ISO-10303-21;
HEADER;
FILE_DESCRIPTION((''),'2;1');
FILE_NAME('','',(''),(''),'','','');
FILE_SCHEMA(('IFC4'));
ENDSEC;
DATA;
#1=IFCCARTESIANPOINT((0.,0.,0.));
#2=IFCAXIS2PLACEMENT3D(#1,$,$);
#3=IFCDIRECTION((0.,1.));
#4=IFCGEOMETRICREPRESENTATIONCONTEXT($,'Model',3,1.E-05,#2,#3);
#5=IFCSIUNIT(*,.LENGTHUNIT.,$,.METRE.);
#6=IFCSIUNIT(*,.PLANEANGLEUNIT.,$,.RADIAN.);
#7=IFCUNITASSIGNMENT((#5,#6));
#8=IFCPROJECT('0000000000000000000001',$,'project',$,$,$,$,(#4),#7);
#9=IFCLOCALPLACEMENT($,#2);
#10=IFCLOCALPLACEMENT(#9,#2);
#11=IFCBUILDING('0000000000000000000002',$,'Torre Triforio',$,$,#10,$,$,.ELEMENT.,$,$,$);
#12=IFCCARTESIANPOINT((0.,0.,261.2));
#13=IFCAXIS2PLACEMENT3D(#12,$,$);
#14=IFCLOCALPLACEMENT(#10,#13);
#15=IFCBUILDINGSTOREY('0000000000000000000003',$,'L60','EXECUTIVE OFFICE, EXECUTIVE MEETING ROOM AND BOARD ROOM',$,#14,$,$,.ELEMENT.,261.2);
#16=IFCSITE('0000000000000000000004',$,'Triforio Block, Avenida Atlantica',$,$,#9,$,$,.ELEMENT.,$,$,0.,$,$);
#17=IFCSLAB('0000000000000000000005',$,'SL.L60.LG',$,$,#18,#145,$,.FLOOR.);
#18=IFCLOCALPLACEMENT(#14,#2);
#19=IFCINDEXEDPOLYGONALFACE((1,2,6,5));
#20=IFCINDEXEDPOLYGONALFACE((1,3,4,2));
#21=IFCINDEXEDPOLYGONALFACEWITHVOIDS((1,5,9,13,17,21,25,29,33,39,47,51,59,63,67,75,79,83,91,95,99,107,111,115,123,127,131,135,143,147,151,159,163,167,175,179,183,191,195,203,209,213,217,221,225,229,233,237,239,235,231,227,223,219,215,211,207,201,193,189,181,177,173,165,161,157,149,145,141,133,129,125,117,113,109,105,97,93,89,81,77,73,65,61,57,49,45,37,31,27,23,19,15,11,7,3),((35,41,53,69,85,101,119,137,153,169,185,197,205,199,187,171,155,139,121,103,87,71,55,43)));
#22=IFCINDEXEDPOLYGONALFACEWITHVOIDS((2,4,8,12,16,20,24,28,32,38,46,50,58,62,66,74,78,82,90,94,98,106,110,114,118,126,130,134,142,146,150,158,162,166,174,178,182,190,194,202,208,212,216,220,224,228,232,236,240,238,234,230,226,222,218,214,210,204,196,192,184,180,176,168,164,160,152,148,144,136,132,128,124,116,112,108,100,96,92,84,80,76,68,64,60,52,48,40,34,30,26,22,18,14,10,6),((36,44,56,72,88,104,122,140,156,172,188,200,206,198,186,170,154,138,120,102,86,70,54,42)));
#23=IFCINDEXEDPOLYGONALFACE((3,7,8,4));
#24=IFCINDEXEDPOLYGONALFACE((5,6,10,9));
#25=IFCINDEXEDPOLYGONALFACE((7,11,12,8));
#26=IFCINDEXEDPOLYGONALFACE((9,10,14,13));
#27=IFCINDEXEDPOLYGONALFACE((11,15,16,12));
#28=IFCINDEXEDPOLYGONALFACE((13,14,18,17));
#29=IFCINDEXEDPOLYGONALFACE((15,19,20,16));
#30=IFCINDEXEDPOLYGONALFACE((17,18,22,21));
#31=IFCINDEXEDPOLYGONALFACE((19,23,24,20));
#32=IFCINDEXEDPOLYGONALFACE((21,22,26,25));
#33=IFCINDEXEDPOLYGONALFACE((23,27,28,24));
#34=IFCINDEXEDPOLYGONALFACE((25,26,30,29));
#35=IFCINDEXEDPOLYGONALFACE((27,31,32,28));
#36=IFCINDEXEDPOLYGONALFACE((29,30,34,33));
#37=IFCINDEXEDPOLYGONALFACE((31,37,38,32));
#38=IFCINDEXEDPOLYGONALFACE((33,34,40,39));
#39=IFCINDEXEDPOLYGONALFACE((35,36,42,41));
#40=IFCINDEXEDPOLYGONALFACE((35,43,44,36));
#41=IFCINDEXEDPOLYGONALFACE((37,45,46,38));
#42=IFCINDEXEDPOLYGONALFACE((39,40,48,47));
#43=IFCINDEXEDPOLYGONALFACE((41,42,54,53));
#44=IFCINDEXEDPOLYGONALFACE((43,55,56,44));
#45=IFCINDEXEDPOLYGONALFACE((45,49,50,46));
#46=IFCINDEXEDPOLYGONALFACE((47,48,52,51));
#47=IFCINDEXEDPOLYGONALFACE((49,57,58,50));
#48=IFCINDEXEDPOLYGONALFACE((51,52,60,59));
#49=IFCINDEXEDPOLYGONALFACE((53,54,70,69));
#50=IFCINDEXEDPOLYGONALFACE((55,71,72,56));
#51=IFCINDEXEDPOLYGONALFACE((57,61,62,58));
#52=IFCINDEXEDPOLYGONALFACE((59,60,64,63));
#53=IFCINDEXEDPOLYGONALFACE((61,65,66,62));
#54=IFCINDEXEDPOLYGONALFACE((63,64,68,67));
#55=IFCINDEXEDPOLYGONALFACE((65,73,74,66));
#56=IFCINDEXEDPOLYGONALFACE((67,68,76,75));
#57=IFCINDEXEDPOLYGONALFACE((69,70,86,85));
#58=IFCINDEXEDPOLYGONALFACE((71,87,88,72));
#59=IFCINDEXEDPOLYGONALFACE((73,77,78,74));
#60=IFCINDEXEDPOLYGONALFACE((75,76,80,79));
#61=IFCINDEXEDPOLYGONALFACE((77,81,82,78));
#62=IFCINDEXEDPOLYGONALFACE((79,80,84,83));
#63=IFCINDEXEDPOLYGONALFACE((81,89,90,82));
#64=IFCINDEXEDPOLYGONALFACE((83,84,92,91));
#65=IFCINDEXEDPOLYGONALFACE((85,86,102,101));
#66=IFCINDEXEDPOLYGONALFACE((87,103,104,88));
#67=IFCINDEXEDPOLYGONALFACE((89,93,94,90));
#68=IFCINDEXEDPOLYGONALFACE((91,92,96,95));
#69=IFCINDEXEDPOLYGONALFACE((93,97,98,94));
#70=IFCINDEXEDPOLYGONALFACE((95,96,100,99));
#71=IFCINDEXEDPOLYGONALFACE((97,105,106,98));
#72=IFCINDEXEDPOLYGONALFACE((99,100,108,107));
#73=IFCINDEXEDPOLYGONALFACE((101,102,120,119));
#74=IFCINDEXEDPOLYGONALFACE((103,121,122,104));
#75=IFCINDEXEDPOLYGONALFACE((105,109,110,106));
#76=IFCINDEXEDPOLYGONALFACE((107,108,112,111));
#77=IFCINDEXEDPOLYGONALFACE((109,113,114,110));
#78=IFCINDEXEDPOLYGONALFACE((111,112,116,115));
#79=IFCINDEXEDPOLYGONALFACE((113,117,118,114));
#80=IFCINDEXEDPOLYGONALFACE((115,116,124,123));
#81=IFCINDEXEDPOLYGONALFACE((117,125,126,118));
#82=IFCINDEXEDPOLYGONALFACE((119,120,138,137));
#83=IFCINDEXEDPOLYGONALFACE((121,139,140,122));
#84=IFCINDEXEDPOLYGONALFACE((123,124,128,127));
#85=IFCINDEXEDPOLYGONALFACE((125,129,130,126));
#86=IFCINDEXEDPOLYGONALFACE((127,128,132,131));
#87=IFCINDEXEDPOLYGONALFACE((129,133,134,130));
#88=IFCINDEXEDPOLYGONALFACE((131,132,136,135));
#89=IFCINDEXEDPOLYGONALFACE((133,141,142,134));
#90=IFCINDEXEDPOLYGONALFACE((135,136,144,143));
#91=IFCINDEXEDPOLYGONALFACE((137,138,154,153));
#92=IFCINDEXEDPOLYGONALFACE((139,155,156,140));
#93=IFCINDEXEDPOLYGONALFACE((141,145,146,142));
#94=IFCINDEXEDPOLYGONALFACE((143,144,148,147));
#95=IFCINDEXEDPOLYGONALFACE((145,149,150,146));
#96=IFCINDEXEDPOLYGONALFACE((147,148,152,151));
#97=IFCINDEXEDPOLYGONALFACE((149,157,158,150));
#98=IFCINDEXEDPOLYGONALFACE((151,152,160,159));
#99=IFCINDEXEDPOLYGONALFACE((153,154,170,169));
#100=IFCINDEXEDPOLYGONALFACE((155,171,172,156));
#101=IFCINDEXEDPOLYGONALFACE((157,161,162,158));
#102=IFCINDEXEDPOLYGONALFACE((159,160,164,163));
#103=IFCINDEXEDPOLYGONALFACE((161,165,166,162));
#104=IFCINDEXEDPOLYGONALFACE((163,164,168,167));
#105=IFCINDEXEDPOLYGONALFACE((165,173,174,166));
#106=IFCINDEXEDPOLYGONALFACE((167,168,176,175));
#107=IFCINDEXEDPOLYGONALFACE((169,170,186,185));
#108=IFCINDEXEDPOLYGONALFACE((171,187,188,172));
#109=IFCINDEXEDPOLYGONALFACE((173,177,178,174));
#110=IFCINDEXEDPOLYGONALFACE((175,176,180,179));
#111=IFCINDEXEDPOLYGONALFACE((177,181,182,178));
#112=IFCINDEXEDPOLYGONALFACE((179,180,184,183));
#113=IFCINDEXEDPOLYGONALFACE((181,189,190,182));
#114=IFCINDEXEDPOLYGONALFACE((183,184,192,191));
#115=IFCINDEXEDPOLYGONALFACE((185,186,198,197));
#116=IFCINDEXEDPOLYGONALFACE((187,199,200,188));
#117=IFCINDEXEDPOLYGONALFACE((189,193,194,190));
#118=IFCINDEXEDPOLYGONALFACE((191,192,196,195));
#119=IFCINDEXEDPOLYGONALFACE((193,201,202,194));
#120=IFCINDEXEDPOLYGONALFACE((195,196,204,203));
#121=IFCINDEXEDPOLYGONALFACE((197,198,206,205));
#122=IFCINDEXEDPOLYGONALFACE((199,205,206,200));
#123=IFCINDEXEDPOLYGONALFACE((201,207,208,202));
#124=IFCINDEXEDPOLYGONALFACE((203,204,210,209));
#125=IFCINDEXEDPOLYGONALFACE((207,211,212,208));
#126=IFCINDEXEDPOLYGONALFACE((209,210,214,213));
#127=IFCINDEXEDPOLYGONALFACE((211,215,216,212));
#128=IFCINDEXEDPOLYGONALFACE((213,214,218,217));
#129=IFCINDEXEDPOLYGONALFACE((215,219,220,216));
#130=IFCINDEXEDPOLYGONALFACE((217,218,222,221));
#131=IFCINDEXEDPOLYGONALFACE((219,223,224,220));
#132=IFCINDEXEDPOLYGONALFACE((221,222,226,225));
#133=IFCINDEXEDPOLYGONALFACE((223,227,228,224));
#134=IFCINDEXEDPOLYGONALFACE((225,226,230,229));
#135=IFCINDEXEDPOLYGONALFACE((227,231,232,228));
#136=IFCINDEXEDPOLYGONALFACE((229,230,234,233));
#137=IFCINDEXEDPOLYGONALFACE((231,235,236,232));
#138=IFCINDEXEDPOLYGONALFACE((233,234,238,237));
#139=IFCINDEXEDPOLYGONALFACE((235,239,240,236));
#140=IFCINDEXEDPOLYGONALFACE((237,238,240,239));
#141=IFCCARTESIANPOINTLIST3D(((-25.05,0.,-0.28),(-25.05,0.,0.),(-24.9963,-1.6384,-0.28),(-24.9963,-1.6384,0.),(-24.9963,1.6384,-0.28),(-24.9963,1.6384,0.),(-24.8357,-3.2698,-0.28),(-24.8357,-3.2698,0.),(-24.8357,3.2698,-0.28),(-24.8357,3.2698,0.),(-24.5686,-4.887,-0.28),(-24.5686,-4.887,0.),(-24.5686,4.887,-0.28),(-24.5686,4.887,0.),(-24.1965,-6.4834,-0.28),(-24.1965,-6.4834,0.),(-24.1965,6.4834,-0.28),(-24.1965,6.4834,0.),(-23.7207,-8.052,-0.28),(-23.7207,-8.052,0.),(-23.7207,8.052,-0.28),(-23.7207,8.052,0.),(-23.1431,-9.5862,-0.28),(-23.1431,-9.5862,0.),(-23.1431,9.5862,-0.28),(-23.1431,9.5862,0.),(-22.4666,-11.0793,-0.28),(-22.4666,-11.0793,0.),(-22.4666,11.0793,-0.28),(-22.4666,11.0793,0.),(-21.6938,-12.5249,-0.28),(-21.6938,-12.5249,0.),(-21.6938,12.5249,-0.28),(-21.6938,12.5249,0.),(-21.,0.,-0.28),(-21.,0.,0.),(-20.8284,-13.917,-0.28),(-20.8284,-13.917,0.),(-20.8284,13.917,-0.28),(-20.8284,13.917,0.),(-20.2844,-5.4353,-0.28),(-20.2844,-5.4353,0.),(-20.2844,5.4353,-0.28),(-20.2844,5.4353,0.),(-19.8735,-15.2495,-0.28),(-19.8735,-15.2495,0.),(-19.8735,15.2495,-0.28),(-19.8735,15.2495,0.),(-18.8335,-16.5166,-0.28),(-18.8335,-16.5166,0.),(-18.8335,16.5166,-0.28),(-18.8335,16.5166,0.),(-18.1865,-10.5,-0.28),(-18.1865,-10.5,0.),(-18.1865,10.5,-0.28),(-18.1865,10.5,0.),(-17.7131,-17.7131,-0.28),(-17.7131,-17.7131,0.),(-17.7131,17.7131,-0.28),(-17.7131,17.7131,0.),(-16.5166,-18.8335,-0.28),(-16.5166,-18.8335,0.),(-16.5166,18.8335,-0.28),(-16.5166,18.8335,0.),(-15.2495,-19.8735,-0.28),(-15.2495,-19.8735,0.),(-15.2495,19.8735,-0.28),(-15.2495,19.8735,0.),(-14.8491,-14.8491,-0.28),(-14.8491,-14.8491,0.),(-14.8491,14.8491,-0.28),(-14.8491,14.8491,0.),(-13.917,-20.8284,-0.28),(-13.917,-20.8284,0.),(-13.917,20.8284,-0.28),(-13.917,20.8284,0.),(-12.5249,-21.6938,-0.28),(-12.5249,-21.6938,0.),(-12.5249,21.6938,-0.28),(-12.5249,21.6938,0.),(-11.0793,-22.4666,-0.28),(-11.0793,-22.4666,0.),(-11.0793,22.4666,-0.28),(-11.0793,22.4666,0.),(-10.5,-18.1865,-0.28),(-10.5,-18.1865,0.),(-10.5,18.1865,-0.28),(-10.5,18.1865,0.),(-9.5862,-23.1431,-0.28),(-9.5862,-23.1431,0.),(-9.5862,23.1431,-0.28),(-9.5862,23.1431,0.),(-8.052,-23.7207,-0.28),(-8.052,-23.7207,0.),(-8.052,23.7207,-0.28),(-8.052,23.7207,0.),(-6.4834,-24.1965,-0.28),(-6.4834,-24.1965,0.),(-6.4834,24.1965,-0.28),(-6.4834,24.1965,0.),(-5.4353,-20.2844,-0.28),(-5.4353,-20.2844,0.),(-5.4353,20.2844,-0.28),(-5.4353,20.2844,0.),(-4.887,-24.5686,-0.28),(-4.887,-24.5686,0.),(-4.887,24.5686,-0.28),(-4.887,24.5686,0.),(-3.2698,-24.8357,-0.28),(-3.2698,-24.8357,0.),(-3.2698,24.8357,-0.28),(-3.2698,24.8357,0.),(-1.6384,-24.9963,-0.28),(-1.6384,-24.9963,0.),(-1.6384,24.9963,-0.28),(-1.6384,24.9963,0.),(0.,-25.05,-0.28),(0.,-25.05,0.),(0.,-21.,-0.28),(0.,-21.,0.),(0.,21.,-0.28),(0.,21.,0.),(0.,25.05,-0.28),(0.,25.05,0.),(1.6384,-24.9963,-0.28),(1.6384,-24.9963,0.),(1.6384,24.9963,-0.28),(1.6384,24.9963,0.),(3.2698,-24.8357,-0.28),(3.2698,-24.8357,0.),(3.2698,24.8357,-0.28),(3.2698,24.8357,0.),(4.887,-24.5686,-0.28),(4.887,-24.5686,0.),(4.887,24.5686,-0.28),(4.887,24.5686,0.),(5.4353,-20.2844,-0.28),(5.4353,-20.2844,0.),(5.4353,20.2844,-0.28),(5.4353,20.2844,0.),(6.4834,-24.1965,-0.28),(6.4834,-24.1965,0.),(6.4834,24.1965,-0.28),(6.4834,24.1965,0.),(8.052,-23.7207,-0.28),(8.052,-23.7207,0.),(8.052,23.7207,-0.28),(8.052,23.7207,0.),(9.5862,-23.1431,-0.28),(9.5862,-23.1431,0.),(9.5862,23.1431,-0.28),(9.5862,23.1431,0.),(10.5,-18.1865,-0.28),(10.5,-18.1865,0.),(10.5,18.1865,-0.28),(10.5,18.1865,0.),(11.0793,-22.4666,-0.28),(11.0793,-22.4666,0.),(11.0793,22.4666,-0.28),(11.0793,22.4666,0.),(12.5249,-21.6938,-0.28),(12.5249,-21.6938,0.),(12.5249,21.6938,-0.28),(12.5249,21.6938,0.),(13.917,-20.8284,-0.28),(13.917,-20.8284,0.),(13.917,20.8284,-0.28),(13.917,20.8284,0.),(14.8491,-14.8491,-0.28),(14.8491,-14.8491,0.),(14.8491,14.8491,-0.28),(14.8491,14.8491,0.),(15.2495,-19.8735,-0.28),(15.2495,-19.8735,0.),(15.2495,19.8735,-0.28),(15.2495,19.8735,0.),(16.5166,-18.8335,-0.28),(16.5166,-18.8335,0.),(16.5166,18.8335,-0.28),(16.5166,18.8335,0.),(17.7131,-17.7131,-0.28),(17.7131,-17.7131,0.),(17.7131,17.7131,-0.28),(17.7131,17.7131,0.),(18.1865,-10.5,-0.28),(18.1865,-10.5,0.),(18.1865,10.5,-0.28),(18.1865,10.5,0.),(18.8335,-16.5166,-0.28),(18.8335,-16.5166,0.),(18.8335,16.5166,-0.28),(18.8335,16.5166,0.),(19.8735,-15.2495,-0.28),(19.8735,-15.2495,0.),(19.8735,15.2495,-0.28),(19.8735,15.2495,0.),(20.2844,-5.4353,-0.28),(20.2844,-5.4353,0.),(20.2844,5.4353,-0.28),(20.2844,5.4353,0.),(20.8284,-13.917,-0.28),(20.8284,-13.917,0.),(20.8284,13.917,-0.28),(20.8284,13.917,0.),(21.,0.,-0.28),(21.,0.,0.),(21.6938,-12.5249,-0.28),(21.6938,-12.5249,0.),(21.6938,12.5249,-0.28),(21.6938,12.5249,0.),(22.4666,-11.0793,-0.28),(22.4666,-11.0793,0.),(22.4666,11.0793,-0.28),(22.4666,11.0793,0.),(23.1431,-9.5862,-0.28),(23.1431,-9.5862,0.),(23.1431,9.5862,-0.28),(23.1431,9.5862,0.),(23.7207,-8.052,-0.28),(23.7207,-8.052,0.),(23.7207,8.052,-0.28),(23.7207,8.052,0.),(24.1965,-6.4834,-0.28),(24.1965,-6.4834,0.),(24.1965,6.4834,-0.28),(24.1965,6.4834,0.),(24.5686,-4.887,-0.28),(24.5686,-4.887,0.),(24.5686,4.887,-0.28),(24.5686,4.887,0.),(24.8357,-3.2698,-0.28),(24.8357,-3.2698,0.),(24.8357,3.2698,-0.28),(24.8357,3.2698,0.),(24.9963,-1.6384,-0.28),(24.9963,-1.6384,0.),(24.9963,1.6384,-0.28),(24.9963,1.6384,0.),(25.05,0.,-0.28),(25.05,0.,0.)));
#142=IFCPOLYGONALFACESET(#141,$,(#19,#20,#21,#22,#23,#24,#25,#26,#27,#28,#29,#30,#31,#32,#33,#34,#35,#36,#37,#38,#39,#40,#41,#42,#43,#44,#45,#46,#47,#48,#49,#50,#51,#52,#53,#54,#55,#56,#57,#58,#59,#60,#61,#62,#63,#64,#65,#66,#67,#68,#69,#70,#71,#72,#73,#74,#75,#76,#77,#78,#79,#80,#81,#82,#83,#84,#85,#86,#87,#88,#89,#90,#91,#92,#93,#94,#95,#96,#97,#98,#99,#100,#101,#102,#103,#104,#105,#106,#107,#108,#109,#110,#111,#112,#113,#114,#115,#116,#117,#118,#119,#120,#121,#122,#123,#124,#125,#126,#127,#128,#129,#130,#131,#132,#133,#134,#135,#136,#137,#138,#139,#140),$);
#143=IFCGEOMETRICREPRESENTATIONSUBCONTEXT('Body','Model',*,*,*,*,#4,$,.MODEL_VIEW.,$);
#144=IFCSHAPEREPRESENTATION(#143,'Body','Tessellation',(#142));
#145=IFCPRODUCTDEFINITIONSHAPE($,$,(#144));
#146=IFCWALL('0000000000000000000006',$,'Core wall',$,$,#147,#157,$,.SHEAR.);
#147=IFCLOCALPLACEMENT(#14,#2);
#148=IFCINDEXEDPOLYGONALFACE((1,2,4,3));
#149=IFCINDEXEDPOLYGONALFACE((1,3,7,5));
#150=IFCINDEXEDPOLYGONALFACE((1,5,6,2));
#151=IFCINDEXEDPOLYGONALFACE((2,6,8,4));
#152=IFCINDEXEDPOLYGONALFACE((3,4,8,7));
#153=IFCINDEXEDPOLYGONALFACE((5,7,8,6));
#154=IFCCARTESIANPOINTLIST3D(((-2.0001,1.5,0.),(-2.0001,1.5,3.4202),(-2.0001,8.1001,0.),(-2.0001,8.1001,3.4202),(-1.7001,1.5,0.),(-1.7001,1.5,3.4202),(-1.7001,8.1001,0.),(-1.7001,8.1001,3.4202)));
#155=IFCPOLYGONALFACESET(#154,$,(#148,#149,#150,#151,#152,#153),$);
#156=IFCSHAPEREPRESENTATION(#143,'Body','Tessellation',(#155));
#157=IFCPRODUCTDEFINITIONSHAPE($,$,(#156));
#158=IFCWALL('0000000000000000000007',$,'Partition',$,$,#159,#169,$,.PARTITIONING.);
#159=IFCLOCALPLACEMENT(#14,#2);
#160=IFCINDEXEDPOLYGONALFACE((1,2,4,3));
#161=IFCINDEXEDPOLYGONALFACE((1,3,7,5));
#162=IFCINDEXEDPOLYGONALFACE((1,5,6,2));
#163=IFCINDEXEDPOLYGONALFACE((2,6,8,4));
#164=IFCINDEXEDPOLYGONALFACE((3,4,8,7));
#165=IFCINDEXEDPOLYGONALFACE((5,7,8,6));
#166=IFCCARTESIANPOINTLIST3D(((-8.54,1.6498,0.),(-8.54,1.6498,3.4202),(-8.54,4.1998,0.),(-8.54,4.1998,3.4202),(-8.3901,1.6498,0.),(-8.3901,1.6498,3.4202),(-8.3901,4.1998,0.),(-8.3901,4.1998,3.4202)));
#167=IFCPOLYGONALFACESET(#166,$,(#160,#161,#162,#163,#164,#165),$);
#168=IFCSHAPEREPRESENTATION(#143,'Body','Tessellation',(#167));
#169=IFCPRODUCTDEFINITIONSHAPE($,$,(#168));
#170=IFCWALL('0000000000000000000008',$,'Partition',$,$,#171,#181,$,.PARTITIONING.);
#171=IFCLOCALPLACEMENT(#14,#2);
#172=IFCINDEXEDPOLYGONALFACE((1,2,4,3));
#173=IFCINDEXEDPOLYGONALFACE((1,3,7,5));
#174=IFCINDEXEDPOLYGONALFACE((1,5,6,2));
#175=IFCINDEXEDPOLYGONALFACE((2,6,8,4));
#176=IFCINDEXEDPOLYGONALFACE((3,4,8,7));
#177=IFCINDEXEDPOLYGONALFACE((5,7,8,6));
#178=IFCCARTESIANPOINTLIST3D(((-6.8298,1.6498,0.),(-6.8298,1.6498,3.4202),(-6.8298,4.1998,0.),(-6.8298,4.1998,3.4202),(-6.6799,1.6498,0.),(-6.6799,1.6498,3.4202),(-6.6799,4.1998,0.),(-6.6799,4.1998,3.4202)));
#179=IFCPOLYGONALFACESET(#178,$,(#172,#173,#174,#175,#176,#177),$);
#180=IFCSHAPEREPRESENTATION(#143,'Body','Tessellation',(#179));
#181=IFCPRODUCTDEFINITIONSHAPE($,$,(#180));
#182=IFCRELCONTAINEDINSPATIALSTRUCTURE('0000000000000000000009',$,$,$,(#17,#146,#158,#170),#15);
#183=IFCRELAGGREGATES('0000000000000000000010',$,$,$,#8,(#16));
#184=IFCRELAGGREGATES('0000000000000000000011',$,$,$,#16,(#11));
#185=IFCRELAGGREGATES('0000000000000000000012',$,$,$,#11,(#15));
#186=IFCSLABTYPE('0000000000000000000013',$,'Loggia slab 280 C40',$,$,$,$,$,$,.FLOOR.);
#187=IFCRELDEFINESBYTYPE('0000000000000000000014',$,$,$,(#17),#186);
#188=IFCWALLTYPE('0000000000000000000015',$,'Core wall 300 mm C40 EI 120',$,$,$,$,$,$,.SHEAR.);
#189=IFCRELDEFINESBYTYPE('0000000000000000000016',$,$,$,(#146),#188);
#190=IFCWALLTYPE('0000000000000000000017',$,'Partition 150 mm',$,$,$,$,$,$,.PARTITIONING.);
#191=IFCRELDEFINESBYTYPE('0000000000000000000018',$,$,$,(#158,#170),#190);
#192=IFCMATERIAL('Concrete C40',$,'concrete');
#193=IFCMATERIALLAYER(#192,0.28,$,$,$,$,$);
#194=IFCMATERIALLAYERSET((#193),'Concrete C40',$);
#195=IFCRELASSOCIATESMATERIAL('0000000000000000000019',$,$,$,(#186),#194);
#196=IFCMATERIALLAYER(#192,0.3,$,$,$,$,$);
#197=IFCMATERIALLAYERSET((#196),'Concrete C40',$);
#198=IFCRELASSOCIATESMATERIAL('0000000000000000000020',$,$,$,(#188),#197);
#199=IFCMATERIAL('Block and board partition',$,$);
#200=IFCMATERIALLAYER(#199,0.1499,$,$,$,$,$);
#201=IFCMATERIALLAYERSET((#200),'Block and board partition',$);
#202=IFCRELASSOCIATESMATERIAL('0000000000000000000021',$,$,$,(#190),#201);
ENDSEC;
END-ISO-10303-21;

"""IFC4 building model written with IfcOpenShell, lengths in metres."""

from ifc_helpers import new_model, si_unit, direction, frame, frame_2d, origin, place, context, subcontext, project, spatial, polyline, rectangle, outline, extrude, material, layer, layer_set, type_object, element, save


model = new_model("IFC4")

# Units and contexts
model_context = context("Model", 3, precision=1e-05, world=origin(), true_north=direction((0.0, 1.0)))
body_context = subcontext(model_context, "Body", "Model", "MODEL_VIEW")
ifc_project = project(units=[si_unit("LENGTHUNIT", "METRE"), si_unit("PLANEANGLEUNIT", "RADIAN")], contexts=[model_context])

# Site, building, storey
site_placement = place(None, origin())
site = spatial("IfcSite", under=ifc_project, at=site_placement, Name="Triforio Block, Avenida Atlantica", CompositionType="ELEMENT", RefElevation=0.0)
building_placement = place(site_placement, origin())
building = spatial("IfcBuilding", under=site, at=building_placement, Name="Torre Triforio", CompositionType="ELEMENT")
storey_placement = place(building_placement, frame((0.0, 0.0, 261.2)))
storey = spatial("IfcBuildingStorey", under=building, at=storey_placement, Name="L60", Description="EXECUTIVE OFFICE, EXECUTIVE MEETING ROOM AND BOARD ROOM", CompositionType="ELEMENT", Elevation=261.2)

# Slab
ifc_material_1 = material(Name="Concrete C40", Category="concrete")
ifc_layer_1 = layer(ifc_material_1, 0.28)
ifc_layer_set_1 = layer_set([ifc_layer_1], Name="Concrete C40")
slab_type_1 = type_object("IfcSlabType", Name="Loggia slab 280 C40", PredefinedType="FLOOR", material=ifc_layer_set_1)
slab_1_placement = place(storey_placement, frame((0.0, 0.0, -0.28)))
element("IfcSlab", 1, at=slab_1_placement, inside=storey, type_object=slab_type_1, Name="SL.L60.LG", PredefinedType="FLOOR", context=body_context, shape_type="SweptSolid", body=[
    extrude(outline(polyline([(24.9963, -1.6384), (25.05, 0.0), (24.9963, 1.6384), (24.8357, 3.2698), (24.5686, 4.887), (24.1965, 6.4834), (23.7207, 8.052), (23.1431, 9.5862), (22.4666, 11.0793), (21.6938, 12.5249), (20.8284, 13.917), (19.8735, 15.2495), (18.8335, 16.5166), (17.7131, 17.7131), (16.5166, 18.8335), (15.2495, 19.8735), (13.917, 20.8284), (12.5249, 21.6938), (11.0793, 22.4666), (9.5862, 23.1431), (8.052, 23.7207), (6.4834, 24.1965), (4.887, 24.5686), (3.2698, 24.8357), (1.6384, 24.9963), (0.0, 25.05), (-1.6384, 24.9963), (-3.2698, 24.8357), (-4.887, 24.5686), (-6.4834, 24.1965), (-8.052, 23.7207), (-9.5862, 23.1431), (-11.0793, 22.4666), (-12.5249, 21.6938), (-13.917, 20.8284), (-15.2495, 19.8735), (-16.5166, 18.8335), (-17.7131, 17.7131), (-18.8335, 16.5166), (-19.8735, 15.2495), (-20.8284, 13.917), (-21.6938, 12.5249), (-22.4666, 11.0793), (-23.1431, 9.5862), (-23.7207, 8.052), (-24.1965, 6.4834), (-24.5686, 4.887), (-24.8357, 3.2698), (-24.9963, 1.6384), (-25.05, 0.0), (-24.9963, -1.6384), (-24.8357, -3.2698), (-24.5686, -4.887), (-24.1965, -6.4834), (-23.7207, -8.052), (-23.1431, -9.5862), (-22.4666, -11.0793), (-21.6938, -12.5249), (-20.8284, -13.917), (-19.8735, -15.2495), (-18.8335, -16.5166), (-17.7131, -17.7131), (-16.5166, -18.8335), (-15.2495, -19.8735), (-13.917, -20.8284), (-12.5249, -21.6938), (-11.0793, -22.4666), (-9.5862, -23.1431), (-8.052, -23.7207), (-6.4834, -24.1965), (-4.887, -24.5686), (-3.2698, -24.8357), (-1.6384, -24.9963), (0.0, -25.05), (1.6384, -24.9963), (3.2698, -24.8357), (4.887, -24.5686), (6.4834, -24.1965), (8.052, -23.7207), (9.5862, -23.1431), (11.0793, -22.4666), (12.5249, -21.6938), (13.917, -20.8284), (15.2495, -19.8735), (16.5166, -18.8335), (17.7131, -17.7131), (18.8335, -16.5166), (19.8735, -15.2495), (20.8284, -13.917), (21.6938, -12.5249), (22.4666, -11.0793), (23.1431, -9.5862), (23.7207, -8.052), (24.1965, -6.4834), (24.5686, -4.887), (24.8357, -3.2698), (24.9963, -1.6384)]), holes=[polyline([(20.2844, 5.4353), (21.0, 0.0), (20.2844, -5.4353), (18.1865, -10.5), (14.8491, -14.8491), (10.5, -18.1865), (5.4353, -20.2844), (0.0, -21.0), (-5.4353, -20.2844), (-10.5, -18.1865), (-14.8491, -14.8491), (-18.1865, -10.5), (-20.2844, -5.4353), (-21.0, 0.0), (-20.2844, 5.4353), (-18.1865, 10.5), (-14.8491, 14.8491), (-10.5, 18.1865), (-5.4353, 20.2844), (0.0, 21.0), (5.4353, 20.2844), (10.5, 18.1865), (14.8491, 14.8491), (18.1865, 10.5), (20.2844, 5.4353)])]), origin(), (0.0, 0.0, 1.0), 0.28),
])

# Walls
ifc_layer_2 = layer(ifc_material_1, 0.3)
ifc_layer_set_2 = layer_set([ifc_layer_2], Name="Concrete C40")
wall_type_1 = type_object("IfcWallType", Name="Core wall 300 mm C40 EI 120", PredefinedType="SHEAR", material=ifc_layer_set_2)
wall_1_placement = place(storey_placement, frame((-1.8501, 1.5, 0.0), z_axis=(0.0, 0.0, 1.0), x_axis=(0.0, 1.0, 0.0)))
element("IfcWall", 2, at=wall_1_placement, inside=storey, type_object=wall_type_1, Name="Core wall", PredefinedType="SHEAR", context=body_context, shape_type="SweptSolid", body=[
    extrude(rectangle(XDim=6.6001, YDim=0.3, at=frame_2d((3.3, 0.0))), origin(), (0.0, 0.0, 1.0), 3.4202),
])
ifc_material_2 = material(Name="Block and board partition")
ifc_layer_3 = layer(ifc_material_2, 0.1499)
ifc_layer_set_3 = layer_set([ifc_layer_3], Name="Block and board partition")
wall_type_2 = type_object("IfcWallType", Name="Partition 150 mm", PredefinedType="PARTITIONING", material=ifc_layer_set_3)
for number, where, z_axis, x_axis, name in (
    (3, (-8.4651, 1.6499, 0.0), (0.0, 0.0, 1.0), (0.0, 1.0, 0.0), "Partition"),
    (4, (-6.7549, 1.6499, 0.0), (0.0, 0.0, 1.0), (0.0, 1.0, 0.0), "Partition"),
):
    element("IfcWall", number, at=place(storey_placement, frame(where, z_axis=z_axis, x_axis=x_axis)), inside=storey, type_object=wall_type_2, Name=name, PredefinedType="PARTITIONING", context=body_context, shape_type="SweptSolid", body=[
        extrude(rectangle(XDim=2.55, YDim=0.1499, at=frame_2d((1.2749, 0.0))), origin(), (0.0, 0.0, 1.0), 3.4202),
    ])

save(model, "model.ifc")
